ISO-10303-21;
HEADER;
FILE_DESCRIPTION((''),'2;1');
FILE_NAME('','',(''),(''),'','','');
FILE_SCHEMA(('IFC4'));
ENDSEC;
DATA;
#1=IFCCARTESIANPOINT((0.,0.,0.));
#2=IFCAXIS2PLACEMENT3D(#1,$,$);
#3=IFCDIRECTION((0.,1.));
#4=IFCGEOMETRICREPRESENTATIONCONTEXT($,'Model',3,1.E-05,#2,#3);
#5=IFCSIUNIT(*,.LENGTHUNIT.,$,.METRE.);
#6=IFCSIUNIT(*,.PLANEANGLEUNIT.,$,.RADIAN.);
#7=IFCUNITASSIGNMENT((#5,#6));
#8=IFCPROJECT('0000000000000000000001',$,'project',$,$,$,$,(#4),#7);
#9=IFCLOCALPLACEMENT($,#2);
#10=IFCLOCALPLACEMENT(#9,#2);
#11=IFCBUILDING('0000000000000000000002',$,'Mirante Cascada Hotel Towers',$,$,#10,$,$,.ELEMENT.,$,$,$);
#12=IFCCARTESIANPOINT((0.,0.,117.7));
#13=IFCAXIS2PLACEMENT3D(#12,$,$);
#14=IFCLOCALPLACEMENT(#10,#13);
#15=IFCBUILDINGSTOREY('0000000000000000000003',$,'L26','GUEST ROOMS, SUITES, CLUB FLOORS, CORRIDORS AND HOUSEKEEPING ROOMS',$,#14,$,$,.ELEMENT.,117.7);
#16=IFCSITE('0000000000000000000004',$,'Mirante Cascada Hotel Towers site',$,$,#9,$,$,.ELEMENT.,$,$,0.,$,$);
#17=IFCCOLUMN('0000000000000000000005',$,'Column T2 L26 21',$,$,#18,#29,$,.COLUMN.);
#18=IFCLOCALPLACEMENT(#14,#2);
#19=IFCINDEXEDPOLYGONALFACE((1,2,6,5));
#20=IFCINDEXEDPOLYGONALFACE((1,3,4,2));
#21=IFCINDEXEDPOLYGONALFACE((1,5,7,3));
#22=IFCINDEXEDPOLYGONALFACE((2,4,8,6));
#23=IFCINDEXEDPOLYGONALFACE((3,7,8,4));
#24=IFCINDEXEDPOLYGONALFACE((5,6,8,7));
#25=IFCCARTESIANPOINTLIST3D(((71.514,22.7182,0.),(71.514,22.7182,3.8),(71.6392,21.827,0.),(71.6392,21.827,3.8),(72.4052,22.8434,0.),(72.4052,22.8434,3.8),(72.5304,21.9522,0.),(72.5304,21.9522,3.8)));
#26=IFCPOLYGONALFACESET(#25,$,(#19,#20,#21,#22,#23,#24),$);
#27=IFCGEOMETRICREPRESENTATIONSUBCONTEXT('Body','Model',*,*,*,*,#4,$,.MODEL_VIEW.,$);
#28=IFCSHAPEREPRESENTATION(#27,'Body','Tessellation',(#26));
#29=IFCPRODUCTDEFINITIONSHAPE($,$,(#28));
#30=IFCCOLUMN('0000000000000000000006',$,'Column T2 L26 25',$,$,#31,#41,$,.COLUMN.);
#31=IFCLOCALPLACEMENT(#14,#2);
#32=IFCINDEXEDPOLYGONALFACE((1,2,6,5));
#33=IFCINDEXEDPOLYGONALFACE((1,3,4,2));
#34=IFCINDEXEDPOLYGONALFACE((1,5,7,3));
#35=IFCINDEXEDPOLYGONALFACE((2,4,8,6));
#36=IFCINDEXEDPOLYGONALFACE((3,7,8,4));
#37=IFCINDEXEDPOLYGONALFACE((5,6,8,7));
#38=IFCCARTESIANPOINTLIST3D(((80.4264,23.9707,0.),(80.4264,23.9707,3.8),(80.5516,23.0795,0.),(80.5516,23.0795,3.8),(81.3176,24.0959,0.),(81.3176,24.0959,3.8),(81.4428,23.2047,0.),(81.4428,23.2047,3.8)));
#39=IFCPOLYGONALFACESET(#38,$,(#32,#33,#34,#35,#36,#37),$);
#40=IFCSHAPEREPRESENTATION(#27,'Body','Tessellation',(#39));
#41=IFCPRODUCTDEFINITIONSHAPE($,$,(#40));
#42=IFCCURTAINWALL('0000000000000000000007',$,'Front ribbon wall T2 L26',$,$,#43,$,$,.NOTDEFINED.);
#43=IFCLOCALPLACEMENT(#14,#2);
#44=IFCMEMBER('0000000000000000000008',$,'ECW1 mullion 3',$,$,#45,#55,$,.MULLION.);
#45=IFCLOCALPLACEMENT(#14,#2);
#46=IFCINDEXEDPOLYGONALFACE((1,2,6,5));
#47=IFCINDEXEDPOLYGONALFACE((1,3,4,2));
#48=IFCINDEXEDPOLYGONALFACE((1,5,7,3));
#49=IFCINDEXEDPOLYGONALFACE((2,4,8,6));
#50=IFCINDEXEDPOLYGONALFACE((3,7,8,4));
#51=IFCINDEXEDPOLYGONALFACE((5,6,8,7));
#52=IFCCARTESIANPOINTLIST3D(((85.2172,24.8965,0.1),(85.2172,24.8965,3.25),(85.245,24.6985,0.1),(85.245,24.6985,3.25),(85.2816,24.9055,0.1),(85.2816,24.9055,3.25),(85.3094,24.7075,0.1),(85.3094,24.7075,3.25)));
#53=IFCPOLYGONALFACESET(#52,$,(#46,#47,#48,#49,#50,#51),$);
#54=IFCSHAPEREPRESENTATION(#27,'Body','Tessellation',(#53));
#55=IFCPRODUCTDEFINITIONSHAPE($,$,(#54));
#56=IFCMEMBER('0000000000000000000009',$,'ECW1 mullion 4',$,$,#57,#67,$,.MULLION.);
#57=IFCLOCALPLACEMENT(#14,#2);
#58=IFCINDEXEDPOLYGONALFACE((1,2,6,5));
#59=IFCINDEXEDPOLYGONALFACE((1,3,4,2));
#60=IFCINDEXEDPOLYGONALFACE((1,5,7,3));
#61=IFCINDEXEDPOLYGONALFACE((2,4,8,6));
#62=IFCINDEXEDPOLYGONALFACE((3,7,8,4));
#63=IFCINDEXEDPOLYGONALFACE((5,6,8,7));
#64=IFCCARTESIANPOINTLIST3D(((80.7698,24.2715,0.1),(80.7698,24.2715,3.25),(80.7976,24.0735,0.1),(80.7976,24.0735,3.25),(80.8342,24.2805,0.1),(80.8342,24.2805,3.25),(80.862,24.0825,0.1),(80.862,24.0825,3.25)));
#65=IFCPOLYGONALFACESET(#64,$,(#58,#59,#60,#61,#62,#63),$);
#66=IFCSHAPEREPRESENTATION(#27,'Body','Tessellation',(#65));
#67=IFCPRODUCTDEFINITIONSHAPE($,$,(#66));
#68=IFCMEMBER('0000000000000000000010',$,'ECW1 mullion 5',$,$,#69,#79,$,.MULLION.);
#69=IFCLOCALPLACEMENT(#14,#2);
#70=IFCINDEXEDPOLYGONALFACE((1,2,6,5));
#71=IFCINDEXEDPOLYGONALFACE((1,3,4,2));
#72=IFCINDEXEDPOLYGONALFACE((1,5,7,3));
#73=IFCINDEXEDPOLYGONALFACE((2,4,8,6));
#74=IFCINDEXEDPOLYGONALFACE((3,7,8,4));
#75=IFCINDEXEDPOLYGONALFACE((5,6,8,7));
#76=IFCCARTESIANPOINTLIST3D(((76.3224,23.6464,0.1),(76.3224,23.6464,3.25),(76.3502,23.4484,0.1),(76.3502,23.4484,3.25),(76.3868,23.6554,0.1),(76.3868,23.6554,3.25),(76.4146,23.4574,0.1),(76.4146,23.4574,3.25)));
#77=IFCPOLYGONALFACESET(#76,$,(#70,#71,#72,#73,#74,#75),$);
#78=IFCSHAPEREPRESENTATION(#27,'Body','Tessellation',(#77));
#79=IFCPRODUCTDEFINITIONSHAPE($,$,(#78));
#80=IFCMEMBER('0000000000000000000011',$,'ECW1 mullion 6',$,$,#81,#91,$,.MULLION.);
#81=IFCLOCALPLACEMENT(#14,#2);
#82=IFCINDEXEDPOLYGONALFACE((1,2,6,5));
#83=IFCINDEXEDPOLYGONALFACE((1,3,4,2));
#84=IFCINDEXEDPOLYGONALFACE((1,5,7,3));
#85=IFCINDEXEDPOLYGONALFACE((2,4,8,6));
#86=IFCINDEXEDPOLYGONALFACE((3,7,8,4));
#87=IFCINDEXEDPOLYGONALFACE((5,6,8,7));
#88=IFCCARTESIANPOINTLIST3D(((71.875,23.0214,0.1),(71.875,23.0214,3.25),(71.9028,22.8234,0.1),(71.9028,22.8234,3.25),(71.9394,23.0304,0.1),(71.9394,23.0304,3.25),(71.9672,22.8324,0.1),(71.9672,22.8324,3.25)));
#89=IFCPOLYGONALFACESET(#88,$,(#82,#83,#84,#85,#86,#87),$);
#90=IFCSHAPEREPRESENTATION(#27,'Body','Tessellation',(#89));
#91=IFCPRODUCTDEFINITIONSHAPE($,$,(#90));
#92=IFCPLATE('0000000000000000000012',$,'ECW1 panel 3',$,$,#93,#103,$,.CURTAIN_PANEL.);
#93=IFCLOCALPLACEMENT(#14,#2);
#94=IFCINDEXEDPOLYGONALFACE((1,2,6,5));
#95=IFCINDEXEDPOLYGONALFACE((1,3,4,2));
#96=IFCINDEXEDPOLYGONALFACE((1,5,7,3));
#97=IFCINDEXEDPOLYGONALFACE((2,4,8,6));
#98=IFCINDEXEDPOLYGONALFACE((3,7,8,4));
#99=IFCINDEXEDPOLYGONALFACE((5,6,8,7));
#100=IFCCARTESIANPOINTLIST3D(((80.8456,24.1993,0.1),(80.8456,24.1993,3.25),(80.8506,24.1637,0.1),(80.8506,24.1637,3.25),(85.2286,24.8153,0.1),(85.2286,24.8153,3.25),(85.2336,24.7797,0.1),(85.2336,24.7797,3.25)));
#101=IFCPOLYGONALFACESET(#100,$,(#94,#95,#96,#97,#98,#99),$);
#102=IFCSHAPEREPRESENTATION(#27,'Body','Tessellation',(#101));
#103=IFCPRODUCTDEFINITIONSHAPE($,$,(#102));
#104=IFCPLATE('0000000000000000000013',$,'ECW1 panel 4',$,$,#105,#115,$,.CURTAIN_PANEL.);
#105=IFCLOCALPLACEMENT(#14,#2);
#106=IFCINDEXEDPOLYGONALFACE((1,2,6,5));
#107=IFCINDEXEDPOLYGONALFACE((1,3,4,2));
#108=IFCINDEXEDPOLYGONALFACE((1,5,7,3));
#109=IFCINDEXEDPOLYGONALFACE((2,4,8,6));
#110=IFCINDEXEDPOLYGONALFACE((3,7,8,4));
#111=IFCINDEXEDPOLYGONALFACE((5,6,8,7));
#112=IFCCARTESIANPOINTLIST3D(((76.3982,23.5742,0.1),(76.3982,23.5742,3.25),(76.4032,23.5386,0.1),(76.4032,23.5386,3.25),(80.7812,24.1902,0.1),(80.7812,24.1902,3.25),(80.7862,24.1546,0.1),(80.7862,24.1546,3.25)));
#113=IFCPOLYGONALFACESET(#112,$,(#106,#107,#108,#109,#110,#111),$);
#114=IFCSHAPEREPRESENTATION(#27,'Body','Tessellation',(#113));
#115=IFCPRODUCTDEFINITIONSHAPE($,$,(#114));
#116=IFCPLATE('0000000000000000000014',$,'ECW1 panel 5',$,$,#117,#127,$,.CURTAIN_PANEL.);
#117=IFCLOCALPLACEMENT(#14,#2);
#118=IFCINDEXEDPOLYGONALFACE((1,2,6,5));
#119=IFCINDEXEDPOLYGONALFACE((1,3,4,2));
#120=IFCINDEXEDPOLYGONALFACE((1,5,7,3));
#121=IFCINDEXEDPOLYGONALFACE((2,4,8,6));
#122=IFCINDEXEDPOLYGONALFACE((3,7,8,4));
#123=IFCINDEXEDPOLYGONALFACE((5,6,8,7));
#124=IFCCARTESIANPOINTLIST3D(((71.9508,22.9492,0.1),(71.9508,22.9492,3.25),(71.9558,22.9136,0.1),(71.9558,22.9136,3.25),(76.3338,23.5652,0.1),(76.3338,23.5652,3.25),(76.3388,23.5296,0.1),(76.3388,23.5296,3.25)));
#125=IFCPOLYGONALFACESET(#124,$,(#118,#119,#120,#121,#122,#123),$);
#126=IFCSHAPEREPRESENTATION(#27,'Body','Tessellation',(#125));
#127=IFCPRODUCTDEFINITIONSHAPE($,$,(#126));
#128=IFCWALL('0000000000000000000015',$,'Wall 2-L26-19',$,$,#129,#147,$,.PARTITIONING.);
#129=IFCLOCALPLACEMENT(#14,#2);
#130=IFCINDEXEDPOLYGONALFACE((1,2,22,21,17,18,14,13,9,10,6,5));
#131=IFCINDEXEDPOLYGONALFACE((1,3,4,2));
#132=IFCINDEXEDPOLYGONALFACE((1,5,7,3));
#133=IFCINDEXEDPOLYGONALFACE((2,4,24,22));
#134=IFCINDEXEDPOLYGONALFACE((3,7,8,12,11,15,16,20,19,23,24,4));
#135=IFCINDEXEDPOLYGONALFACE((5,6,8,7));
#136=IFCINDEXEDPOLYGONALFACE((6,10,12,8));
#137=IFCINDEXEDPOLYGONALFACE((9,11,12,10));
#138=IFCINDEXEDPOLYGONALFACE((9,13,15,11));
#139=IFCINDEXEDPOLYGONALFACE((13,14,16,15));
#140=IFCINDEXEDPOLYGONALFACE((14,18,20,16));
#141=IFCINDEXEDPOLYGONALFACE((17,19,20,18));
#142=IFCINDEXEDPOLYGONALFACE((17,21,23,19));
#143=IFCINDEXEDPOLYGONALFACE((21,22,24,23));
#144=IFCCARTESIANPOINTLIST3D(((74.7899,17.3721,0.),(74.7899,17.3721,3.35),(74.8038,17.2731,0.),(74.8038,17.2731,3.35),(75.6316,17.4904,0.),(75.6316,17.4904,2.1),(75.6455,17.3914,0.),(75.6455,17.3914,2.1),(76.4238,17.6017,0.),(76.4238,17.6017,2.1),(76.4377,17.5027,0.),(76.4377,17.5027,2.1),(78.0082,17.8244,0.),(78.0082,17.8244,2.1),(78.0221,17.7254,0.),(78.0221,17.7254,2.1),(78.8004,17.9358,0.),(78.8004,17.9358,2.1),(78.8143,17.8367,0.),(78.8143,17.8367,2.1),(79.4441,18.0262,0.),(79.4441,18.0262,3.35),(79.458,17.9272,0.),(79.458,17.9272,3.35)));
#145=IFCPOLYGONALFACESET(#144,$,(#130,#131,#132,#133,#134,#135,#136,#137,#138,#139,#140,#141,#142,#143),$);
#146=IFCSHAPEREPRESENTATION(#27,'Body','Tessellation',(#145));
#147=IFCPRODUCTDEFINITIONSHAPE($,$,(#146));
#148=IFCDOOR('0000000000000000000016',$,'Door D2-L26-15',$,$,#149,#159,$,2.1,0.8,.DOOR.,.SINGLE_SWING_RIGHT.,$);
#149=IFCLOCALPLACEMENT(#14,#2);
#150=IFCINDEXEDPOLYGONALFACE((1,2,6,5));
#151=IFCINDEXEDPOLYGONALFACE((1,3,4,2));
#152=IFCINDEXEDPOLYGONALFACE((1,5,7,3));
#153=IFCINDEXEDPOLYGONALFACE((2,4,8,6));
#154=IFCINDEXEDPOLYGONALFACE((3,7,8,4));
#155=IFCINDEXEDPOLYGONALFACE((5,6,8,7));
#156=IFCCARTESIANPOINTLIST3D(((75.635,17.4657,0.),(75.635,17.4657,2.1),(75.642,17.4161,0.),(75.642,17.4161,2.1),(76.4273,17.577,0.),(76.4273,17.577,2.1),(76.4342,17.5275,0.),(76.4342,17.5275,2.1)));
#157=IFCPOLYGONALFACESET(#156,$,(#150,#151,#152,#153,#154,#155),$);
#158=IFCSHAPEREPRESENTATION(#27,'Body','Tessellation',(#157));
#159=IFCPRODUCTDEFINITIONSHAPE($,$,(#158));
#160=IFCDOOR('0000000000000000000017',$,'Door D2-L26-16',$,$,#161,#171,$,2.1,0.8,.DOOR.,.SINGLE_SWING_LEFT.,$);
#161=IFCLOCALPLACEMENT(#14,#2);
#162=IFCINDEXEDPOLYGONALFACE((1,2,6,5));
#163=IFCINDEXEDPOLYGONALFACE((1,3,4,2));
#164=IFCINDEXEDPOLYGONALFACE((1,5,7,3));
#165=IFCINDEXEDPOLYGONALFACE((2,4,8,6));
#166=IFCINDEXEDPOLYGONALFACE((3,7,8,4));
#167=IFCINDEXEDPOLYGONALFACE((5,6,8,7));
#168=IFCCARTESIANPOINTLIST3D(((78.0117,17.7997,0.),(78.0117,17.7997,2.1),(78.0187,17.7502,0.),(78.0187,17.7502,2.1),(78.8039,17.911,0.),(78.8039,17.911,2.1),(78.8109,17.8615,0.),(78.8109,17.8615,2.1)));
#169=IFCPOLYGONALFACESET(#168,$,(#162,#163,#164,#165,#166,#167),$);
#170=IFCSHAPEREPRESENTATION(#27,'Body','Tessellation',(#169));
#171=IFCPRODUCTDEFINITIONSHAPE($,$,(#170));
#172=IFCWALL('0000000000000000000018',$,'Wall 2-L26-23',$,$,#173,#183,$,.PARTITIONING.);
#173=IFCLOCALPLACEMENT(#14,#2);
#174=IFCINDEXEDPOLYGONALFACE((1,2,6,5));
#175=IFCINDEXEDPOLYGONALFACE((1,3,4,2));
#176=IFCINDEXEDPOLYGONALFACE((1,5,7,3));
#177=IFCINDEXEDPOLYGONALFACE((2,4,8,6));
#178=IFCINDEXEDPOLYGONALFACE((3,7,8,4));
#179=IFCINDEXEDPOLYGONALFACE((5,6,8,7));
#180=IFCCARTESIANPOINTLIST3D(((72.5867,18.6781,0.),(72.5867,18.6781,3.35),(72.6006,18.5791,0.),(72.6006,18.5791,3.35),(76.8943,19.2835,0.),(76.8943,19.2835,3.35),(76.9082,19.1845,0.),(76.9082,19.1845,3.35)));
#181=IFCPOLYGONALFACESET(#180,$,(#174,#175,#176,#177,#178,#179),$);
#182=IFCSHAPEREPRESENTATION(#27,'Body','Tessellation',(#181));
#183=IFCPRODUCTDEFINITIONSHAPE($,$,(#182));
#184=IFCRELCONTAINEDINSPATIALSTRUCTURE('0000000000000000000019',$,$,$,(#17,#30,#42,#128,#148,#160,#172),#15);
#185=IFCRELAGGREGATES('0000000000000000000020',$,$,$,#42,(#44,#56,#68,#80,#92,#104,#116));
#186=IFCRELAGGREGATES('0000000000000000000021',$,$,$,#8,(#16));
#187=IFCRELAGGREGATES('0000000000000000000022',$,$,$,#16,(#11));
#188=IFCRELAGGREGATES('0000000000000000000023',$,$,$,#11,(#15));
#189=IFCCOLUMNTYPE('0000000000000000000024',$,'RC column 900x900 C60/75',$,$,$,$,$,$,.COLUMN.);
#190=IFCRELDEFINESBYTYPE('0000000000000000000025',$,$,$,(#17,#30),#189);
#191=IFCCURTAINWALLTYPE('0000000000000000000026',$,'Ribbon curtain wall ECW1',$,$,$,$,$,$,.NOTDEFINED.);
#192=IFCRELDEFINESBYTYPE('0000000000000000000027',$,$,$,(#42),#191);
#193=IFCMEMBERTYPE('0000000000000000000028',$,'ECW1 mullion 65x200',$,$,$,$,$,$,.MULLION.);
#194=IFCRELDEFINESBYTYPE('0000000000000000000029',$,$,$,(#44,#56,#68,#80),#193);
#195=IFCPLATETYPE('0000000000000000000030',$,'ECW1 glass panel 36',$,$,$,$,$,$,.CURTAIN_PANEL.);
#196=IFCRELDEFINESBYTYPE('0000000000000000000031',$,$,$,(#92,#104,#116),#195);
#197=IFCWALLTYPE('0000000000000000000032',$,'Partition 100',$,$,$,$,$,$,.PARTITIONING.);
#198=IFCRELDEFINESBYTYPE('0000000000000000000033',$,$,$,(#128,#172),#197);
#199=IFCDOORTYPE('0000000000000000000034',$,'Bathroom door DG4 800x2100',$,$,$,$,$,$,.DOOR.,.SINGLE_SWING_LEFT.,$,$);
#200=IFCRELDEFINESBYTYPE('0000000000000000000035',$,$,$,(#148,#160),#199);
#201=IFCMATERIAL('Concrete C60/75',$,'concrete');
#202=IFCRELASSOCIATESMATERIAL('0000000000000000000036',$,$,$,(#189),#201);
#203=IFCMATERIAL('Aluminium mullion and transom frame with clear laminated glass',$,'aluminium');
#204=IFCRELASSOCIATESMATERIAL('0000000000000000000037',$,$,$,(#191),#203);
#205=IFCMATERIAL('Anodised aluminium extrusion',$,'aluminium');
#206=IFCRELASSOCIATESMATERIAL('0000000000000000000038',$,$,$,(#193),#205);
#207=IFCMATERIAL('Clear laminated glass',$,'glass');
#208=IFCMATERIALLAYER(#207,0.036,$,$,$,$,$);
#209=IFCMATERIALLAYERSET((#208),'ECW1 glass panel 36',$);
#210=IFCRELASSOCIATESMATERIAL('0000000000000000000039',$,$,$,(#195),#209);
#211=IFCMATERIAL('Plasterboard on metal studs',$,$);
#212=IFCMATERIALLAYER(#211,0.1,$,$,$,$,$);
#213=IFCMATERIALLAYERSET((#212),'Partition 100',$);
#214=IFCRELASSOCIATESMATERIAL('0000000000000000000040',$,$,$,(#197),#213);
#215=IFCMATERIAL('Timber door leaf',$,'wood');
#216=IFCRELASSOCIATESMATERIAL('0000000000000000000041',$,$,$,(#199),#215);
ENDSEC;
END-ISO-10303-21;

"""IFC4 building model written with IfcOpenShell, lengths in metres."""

from ifc_helpers import new_model, si_unit, direction, frame, frame_2d, origin, origin_2d, place, context, subcontext, project, spatial, rectangle, extrude, material, layer, layer_set, material_profile, profile_set, type_object, element, fill, aggregate, save


model = new_model("IFC4")

# Units and contexts
model_context = context("Model", 3, precision=1e-05, world=origin(), true_north=direction((0.0, 1.0)))
body_context = subcontext(model_context, "Body", "Model", "MODEL_VIEW")
ifc_project = project(units=[si_unit("LENGTHUNIT", "METRE"), si_unit("PLANEANGLEUNIT", "RADIAN")], contexts=[model_context])

# Site, building, storey
site_placement = place(None, origin())
site = spatial("IfcSite", under=ifc_project, at=site_placement, Name="Mirante Cascada Hotel Towers site", CompositionType="ELEMENT", RefElevation=0.0)
building_placement = place(site_placement, origin())
building = spatial("IfcBuilding", under=site, at=building_placement, Name="Mirante Cascada Hotel Towers", CompositionType="ELEMENT")
storey_placement = place(building_placement, frame((0.0, 0.0, 117.7)))
storey = spatial("IfcBuildingStorey", under=building, at=storey_placement, Name="L26", Description="GUEST ROOMS, SUITES, CLUB FLOORS, CORRIDORS AND HOUSEKEEPING ROOMS", CompositionType="ELEMENT", Elevation=117.7)

# Columns
ifc_material_1 = material(Name="Concrete C60/75", Category="concrete")
ifc_material_profile_1 = material_profile(ifc_material_1, rectangle(XDim=0.9, YDim=0.9, at=origin_2d()), Name="RC column 900x900 C60/75")
ifc_profile_set_1 = profile_set([ifc_material_profile_1], Name="Concrete C60/75")
column_type = type_object("IfcColumnType", Name="RC column 900x900 C60/75", PredefinedType="COLUMN", material=ifc_profile_set_1)
for number, where, z_axis, x_axis, name in (
    (1, (72.0222, 22.3352, 0.0), (0.0, 0.0, 1.0), (0.990268, 0.139173, 0.0), "Column T2 L26 21"),
    (2, (80.9346, 23.5877, 0.0), (0.0, 0.0, 1.0), (0.990268, 0.139173, 0.0), "Column T2 L26 25"),
):
    element("IfcColumn", number, at=place(storey_placement, frame(where, z_axis=z_axis, x_axis=x_axis)), inside=storey, type_object=column_type, Name=name, PredefinedType="COLUMN", context=body_context, shape_type="SweptSolid", body=[
        extrude(rectangle(XDim=0.9, YDim=0.9, at=origin_2d()), origin(), (0.0, 0.0, 1.0), 3.8),
    ])

# Curtain wall, members, plates
ifc_material_2 = material(Name="Aluminium mullion and transom frame with clear laminated glass", Category="aluminium")
curtain_wall_type = type_object("IfcCurtainWallType", Name="Ribbon curtain wall ECW1", PredefinedType="NOTDEFINED", material=ifc_material_2)
curtain_wall_placement = place(storey_placement, origin())
curtain_wall = element("IfcCurtainWall", 3, at=curtain_wall_placement, inside=storey, type_object=curtain_wall_type, Name="Front ribbon wall T2 L26", PredefinedType="NOTDEFINED")
ifc_material_3 = material(Name="Anodised aluminium extrusion", Category="aluminium")
ifc_material_profile_2 = material_profile(ifc_material_3, rectangle(XDim=0.2, YDim=0.065, at=origin_2d()), Name="ECW1 MULLION 65x200")
ifc_profile_set_2 = profile_set([ifc_material_profile_2], Name="Anodised aluminium extrusion")
member_type = type_object("IfcMemberType", Name="ECW1 mullion 65x200", PredefinedType="MULLION", material=ifc_profile_set_2)
member_1_placement = place(storey_placement, frame((85.2633, 24.802, 0.1), z_axis=(0.0, 0.0, 1.0), x_axis=(0.139173, -0.990268, 0.0)))
member_1 = element("IfcMember", 4, at=member_1_placement, type_object=member_type, Name="ECW1 mullion 3", PredefinedType="MULLION", context=body_context, shape_type="SweptSolid", body=[
    extrude(rectangle(XDim=0.2, YDim=0.065, at=origin_2d()), origin(), (0.0, 0.0, 1.0), 3.15),
])
member_2_placement = place(storey_placement, frame((80.8159, 24.177, 0.1), z_axis=(0.0, 0.0, 1.0), x_axis=(0.139173, -0.990268, 0.0)))
member_2 = element("IfcMember", 5, at=member_2_placement, type_object=member_type, Name="ECW1 mullion 4", PredefinedType="MULLION", context=body_context, shape_type="SweptSolid", body=[
    extrude(rectangle(XDim=0.2, YDim=0.065, at=origin_2d()), origin(), (0.0, 0.0, 1.0), 3.15),
])
member_3_placement = place(storey_placement, frame((76.3685, 23.5519, 0.1), z_axis=(0.0, 0.0, 1.0), x_axis=(0.139173, -0.990268, 0.0)))
member_3 = element("IfcMember", 6, at=member_3_placement, type_object=member_type, Name="ECW1 mullion 5", PredefinedType="MULLION", context=body_context, shape_type="SweptSolid", body=[
    extrude(rectangle(XDim=0.2, YDim=0.065, at=origin_2d()), origin(), (0.0, 0.0, 1.0), 3.15),
])
member_4_placement = place(storey_placement, frame((71.9211, 22.9269, 0.1), z_axis=(0.0, 0.0, 1.0), x_axis=(0.139173, -0.990268, 0.0)))
member_4 = element("IfcMember", 7, at=member_4_placement, type_object=member_type, Name="ECW1 mullion 6", PredefinedType="MULLION", context=body_context, shape_type="SweptSolid", body=[
    extrude(rectangle(XDim=0.2, YDim=0.065, at=origin_2d()), origin(), (0.0, 0.0, 1.0), 3.15),
])
ifc_material_4 = material(Name="Clear laminated glass", Category="glass")
ifc_layer_1 = layer(ifc_material_4, 0.036)
ifc_layer_set_1 = layer_set([ifc_layer_1], Name="ECW1 glass panel 36")
plate_type = type_object("IfcPlateType", Name="ECW1 glass panel 36", PredefinedType="CURTAIN_PANEL", material=ifc_layer_set_1)
plate_1_placement = place(storey_placement, frame((83.0396, 24.4895, 0.1), z_axis=(0.0, 0.0, 1.0), x_axis=(-0.990268, -0.139173, 0.0)))
plate_1 = element("IfcPlate", 8, at=plate_1_placement, type_object=plate_type, Name="ECW1 panel 3", PredefinedType="CURTAIN_PANEL", context=body_context, shape_type="SweptSolid", body=[
    extrude(rectangle(XDim=4.4261, YDim=0.036, at=origin_2d()), origin(), (0.0, 0.0, 1.0), 3.15),
])
plate_2_placement = place(storey_placement, frame((78.5922, 23.8644, 0.1), z_axis=(0.0, 0.0, 1.0), x_axis=(-0.990268, -0.139173, 0.0)))
plate_2 = element("IfcPlate", 9, at=plate_2_placement, type_object=plate_type, Name="ECW1 panel 4", PredefinedType="CURTAIN_PANEL", context=body_context, shape_type="SweptSolid", body=[
    extrude(rectangle(XDim=4.4261, YDim=0.036, at=origin_2d()), origin(), (0.0, 0.0, 1.0), 3.15),
])
plate_3_placement = place(storey_placement, frame((74.1448, 23.2394, 0.1), z_axis=(0.0, 0.0, 1.0), x_axis=(-0.990268, -0.139173, 0.0)))
plate_3 = element("IfcPlate", 10, at=plate_3_placement, type_object=plate_type, Name="ECW1 panel 5", PredefinedType="CURTAIN_PANEL", context=body_context, shape_type="SweptSolid", body=[
    extrude(rectangle(XDim=4.4261, YDim=0.036, at=origin_2d()), origin(), (0.0, 0.0, 1.0), 3.15),
])
aggregate(curtain_wall, [member_1, member_2, member_3, member_4, plate_1, plate_2, plate_3])

# Wall, openings, doors
ifc_material_5 = material(Name="Plasterboard on metal studs")
ifc_layer_2 = layer(ifc_material_5, 0.1)
ifc_layer_set_2 = layer_set([ifc_layer_2], Name="Partition 100")
wall_type = type_object("IfcWallType", Name="Partition 100", PredefinedType="PARTITIONING", material=ifc_layer_set_2)
wall_1_placement = place(storey_placement, frame((74.7968, 17.3226, 0.0), z_axis=(0.0, 0.0, 1.0), x_axis=(0.990268, 0.139172, 0.0)))
wall_1 = element("IfcWall", 11, at=wall_1_placement, inside=storey, type_object=wall_type, Name="Wall 2-L26-19", PredefinedType="PARTITIONING", context=body_context, shape_type="SweptSolid", body=[
    extrude(rectangle(XDim=4.6999, YDim=0.1, at=frame_2d((2.35, 0.0))), origin(), (0.0, 0.0, 1.0), 3.35),
])
opening_1_placement = place(wall_1_placement, frame((0.85, 0.0, 0.0)))
opening_1 = element("IfcOpeningElement", 12, at=opening_1_placement, cuts=wall_1, PredefinedType="OPENING", context=body_context, shape_type="SweptSolid", body=[
    extrude(rectangle(XDim=0.8, YDim=2.1, at=frame_2d((0.4, 1.05))), frame((0.0, 0.05, 0.0), z_axis=(0.0, -1.0, 0.0), x_axis=(1.0, 0.0, 0.0)), (0.0, 0.0, 1.0), 0.1),
])
opening_2_placement = place(wall_1_placement, frame((3.25, 0.0, 0.0)))
opening_2 = element("IfcOpeningElement", 13, at=opening_2_placement, cuts=wall_1, PredefinedType="OPENING", context=body_context, shape_type="SweptSolid", body=[
    extrude(rectangle(XDim=0.8, YDim=2.1, at=frame_2d((0.4, 1.05))), frame((0.0, 0.05, 0.0), z_axis=(0.0, -1.0, 0.0), x_axis=(1.0, 0.0, 0.0)), (0.0, 0.0, 1.0), 0.1),
])
ifc_material_6 = material(Name="Timber door leaf", Category="wood")
door_type_1 = type_object("IfcDoorType", Name="Bathroom door DG4 800x2100", OperationType="SINGLE_SWING_LEFT", PredefinedType="DOOR", material=ifc_material_6)
door_1_placement = place(opening_1_placement, frame((0.8, 0.0, 0.0), z_axis=(0.0, 0.0, 1.0), x_axis=(-1.0, 0.0, 0.0)))
door_1 = element("IfcDoor", 14, at=door_1_placement, inside=storey, type_object=door_type_1, Name="Door D2-L26-15", OperationType="SINGLE_SWING_RIGHT", OverallHeight=2.1, OverallWidth=0.8, PredefinedType="DOOR", context=body_context, shape_type="SweptSolid", body=[
    extrude(rectangle(XDim=0.8, YDim=2.1, at=frame_2d((0.4, 1.05))), frame((0.0, 0.025, 0.0), z_axis=(0.0, -1.0, 0.0), x_axis=(1.0, 0.0, 0.0)), (0.0, 0.0, 1.0), 0.05),
])
fill(opening_1, door_1)
door_2_placement = place(opening_2_placement, origin())
door_2 = element("IfcDoor", 15, at=door_2_placement, inside=storey, type_object=door_type_1, Name="Door D2-L26-16", OperationType="SINGLE_SWING_LEFT", OverallHeight=2.1, OverallWidth=0.8, PredefinedType="DOOR", context=body_context, shape_type="SweptSolid", body=[
    extrude(rectangle(XDim=0.8, YDim=2.1, at=frame_2d((0.4, 1.05))), frame((0.0, 0.025, 0.0), z_axis=(0.0, -1.0, 0.0), x_axis=(1.0, 0.0, 0.0)), (0.0, 0.0, 1.0), 0.05),
])
fill(opening_2, door_2)

# Wall
wall_2_placement = place(storey_placement, frame((72.5936, 18.6286, 0.0), z_axis=(0.0, 0.0, 1.0), x_axis=(0.990268, 0.139175, 0.0)))
element("IfcWall", 16, at=wall_2_placement, inside=storey, type_object=wall_type, Name="Wall 2-L26-23", PredefinedType="PARTITIONING", context=body_context, shape_type="SweptSolid", body=[
    extrude(rectangle(XDim=4.3499, YDim=0.1, at=frame_2d((2.175, 0.0))), origin(), (0.0, 0.0, 1.0), 3.35),
])

save(model, "model.ifc")
